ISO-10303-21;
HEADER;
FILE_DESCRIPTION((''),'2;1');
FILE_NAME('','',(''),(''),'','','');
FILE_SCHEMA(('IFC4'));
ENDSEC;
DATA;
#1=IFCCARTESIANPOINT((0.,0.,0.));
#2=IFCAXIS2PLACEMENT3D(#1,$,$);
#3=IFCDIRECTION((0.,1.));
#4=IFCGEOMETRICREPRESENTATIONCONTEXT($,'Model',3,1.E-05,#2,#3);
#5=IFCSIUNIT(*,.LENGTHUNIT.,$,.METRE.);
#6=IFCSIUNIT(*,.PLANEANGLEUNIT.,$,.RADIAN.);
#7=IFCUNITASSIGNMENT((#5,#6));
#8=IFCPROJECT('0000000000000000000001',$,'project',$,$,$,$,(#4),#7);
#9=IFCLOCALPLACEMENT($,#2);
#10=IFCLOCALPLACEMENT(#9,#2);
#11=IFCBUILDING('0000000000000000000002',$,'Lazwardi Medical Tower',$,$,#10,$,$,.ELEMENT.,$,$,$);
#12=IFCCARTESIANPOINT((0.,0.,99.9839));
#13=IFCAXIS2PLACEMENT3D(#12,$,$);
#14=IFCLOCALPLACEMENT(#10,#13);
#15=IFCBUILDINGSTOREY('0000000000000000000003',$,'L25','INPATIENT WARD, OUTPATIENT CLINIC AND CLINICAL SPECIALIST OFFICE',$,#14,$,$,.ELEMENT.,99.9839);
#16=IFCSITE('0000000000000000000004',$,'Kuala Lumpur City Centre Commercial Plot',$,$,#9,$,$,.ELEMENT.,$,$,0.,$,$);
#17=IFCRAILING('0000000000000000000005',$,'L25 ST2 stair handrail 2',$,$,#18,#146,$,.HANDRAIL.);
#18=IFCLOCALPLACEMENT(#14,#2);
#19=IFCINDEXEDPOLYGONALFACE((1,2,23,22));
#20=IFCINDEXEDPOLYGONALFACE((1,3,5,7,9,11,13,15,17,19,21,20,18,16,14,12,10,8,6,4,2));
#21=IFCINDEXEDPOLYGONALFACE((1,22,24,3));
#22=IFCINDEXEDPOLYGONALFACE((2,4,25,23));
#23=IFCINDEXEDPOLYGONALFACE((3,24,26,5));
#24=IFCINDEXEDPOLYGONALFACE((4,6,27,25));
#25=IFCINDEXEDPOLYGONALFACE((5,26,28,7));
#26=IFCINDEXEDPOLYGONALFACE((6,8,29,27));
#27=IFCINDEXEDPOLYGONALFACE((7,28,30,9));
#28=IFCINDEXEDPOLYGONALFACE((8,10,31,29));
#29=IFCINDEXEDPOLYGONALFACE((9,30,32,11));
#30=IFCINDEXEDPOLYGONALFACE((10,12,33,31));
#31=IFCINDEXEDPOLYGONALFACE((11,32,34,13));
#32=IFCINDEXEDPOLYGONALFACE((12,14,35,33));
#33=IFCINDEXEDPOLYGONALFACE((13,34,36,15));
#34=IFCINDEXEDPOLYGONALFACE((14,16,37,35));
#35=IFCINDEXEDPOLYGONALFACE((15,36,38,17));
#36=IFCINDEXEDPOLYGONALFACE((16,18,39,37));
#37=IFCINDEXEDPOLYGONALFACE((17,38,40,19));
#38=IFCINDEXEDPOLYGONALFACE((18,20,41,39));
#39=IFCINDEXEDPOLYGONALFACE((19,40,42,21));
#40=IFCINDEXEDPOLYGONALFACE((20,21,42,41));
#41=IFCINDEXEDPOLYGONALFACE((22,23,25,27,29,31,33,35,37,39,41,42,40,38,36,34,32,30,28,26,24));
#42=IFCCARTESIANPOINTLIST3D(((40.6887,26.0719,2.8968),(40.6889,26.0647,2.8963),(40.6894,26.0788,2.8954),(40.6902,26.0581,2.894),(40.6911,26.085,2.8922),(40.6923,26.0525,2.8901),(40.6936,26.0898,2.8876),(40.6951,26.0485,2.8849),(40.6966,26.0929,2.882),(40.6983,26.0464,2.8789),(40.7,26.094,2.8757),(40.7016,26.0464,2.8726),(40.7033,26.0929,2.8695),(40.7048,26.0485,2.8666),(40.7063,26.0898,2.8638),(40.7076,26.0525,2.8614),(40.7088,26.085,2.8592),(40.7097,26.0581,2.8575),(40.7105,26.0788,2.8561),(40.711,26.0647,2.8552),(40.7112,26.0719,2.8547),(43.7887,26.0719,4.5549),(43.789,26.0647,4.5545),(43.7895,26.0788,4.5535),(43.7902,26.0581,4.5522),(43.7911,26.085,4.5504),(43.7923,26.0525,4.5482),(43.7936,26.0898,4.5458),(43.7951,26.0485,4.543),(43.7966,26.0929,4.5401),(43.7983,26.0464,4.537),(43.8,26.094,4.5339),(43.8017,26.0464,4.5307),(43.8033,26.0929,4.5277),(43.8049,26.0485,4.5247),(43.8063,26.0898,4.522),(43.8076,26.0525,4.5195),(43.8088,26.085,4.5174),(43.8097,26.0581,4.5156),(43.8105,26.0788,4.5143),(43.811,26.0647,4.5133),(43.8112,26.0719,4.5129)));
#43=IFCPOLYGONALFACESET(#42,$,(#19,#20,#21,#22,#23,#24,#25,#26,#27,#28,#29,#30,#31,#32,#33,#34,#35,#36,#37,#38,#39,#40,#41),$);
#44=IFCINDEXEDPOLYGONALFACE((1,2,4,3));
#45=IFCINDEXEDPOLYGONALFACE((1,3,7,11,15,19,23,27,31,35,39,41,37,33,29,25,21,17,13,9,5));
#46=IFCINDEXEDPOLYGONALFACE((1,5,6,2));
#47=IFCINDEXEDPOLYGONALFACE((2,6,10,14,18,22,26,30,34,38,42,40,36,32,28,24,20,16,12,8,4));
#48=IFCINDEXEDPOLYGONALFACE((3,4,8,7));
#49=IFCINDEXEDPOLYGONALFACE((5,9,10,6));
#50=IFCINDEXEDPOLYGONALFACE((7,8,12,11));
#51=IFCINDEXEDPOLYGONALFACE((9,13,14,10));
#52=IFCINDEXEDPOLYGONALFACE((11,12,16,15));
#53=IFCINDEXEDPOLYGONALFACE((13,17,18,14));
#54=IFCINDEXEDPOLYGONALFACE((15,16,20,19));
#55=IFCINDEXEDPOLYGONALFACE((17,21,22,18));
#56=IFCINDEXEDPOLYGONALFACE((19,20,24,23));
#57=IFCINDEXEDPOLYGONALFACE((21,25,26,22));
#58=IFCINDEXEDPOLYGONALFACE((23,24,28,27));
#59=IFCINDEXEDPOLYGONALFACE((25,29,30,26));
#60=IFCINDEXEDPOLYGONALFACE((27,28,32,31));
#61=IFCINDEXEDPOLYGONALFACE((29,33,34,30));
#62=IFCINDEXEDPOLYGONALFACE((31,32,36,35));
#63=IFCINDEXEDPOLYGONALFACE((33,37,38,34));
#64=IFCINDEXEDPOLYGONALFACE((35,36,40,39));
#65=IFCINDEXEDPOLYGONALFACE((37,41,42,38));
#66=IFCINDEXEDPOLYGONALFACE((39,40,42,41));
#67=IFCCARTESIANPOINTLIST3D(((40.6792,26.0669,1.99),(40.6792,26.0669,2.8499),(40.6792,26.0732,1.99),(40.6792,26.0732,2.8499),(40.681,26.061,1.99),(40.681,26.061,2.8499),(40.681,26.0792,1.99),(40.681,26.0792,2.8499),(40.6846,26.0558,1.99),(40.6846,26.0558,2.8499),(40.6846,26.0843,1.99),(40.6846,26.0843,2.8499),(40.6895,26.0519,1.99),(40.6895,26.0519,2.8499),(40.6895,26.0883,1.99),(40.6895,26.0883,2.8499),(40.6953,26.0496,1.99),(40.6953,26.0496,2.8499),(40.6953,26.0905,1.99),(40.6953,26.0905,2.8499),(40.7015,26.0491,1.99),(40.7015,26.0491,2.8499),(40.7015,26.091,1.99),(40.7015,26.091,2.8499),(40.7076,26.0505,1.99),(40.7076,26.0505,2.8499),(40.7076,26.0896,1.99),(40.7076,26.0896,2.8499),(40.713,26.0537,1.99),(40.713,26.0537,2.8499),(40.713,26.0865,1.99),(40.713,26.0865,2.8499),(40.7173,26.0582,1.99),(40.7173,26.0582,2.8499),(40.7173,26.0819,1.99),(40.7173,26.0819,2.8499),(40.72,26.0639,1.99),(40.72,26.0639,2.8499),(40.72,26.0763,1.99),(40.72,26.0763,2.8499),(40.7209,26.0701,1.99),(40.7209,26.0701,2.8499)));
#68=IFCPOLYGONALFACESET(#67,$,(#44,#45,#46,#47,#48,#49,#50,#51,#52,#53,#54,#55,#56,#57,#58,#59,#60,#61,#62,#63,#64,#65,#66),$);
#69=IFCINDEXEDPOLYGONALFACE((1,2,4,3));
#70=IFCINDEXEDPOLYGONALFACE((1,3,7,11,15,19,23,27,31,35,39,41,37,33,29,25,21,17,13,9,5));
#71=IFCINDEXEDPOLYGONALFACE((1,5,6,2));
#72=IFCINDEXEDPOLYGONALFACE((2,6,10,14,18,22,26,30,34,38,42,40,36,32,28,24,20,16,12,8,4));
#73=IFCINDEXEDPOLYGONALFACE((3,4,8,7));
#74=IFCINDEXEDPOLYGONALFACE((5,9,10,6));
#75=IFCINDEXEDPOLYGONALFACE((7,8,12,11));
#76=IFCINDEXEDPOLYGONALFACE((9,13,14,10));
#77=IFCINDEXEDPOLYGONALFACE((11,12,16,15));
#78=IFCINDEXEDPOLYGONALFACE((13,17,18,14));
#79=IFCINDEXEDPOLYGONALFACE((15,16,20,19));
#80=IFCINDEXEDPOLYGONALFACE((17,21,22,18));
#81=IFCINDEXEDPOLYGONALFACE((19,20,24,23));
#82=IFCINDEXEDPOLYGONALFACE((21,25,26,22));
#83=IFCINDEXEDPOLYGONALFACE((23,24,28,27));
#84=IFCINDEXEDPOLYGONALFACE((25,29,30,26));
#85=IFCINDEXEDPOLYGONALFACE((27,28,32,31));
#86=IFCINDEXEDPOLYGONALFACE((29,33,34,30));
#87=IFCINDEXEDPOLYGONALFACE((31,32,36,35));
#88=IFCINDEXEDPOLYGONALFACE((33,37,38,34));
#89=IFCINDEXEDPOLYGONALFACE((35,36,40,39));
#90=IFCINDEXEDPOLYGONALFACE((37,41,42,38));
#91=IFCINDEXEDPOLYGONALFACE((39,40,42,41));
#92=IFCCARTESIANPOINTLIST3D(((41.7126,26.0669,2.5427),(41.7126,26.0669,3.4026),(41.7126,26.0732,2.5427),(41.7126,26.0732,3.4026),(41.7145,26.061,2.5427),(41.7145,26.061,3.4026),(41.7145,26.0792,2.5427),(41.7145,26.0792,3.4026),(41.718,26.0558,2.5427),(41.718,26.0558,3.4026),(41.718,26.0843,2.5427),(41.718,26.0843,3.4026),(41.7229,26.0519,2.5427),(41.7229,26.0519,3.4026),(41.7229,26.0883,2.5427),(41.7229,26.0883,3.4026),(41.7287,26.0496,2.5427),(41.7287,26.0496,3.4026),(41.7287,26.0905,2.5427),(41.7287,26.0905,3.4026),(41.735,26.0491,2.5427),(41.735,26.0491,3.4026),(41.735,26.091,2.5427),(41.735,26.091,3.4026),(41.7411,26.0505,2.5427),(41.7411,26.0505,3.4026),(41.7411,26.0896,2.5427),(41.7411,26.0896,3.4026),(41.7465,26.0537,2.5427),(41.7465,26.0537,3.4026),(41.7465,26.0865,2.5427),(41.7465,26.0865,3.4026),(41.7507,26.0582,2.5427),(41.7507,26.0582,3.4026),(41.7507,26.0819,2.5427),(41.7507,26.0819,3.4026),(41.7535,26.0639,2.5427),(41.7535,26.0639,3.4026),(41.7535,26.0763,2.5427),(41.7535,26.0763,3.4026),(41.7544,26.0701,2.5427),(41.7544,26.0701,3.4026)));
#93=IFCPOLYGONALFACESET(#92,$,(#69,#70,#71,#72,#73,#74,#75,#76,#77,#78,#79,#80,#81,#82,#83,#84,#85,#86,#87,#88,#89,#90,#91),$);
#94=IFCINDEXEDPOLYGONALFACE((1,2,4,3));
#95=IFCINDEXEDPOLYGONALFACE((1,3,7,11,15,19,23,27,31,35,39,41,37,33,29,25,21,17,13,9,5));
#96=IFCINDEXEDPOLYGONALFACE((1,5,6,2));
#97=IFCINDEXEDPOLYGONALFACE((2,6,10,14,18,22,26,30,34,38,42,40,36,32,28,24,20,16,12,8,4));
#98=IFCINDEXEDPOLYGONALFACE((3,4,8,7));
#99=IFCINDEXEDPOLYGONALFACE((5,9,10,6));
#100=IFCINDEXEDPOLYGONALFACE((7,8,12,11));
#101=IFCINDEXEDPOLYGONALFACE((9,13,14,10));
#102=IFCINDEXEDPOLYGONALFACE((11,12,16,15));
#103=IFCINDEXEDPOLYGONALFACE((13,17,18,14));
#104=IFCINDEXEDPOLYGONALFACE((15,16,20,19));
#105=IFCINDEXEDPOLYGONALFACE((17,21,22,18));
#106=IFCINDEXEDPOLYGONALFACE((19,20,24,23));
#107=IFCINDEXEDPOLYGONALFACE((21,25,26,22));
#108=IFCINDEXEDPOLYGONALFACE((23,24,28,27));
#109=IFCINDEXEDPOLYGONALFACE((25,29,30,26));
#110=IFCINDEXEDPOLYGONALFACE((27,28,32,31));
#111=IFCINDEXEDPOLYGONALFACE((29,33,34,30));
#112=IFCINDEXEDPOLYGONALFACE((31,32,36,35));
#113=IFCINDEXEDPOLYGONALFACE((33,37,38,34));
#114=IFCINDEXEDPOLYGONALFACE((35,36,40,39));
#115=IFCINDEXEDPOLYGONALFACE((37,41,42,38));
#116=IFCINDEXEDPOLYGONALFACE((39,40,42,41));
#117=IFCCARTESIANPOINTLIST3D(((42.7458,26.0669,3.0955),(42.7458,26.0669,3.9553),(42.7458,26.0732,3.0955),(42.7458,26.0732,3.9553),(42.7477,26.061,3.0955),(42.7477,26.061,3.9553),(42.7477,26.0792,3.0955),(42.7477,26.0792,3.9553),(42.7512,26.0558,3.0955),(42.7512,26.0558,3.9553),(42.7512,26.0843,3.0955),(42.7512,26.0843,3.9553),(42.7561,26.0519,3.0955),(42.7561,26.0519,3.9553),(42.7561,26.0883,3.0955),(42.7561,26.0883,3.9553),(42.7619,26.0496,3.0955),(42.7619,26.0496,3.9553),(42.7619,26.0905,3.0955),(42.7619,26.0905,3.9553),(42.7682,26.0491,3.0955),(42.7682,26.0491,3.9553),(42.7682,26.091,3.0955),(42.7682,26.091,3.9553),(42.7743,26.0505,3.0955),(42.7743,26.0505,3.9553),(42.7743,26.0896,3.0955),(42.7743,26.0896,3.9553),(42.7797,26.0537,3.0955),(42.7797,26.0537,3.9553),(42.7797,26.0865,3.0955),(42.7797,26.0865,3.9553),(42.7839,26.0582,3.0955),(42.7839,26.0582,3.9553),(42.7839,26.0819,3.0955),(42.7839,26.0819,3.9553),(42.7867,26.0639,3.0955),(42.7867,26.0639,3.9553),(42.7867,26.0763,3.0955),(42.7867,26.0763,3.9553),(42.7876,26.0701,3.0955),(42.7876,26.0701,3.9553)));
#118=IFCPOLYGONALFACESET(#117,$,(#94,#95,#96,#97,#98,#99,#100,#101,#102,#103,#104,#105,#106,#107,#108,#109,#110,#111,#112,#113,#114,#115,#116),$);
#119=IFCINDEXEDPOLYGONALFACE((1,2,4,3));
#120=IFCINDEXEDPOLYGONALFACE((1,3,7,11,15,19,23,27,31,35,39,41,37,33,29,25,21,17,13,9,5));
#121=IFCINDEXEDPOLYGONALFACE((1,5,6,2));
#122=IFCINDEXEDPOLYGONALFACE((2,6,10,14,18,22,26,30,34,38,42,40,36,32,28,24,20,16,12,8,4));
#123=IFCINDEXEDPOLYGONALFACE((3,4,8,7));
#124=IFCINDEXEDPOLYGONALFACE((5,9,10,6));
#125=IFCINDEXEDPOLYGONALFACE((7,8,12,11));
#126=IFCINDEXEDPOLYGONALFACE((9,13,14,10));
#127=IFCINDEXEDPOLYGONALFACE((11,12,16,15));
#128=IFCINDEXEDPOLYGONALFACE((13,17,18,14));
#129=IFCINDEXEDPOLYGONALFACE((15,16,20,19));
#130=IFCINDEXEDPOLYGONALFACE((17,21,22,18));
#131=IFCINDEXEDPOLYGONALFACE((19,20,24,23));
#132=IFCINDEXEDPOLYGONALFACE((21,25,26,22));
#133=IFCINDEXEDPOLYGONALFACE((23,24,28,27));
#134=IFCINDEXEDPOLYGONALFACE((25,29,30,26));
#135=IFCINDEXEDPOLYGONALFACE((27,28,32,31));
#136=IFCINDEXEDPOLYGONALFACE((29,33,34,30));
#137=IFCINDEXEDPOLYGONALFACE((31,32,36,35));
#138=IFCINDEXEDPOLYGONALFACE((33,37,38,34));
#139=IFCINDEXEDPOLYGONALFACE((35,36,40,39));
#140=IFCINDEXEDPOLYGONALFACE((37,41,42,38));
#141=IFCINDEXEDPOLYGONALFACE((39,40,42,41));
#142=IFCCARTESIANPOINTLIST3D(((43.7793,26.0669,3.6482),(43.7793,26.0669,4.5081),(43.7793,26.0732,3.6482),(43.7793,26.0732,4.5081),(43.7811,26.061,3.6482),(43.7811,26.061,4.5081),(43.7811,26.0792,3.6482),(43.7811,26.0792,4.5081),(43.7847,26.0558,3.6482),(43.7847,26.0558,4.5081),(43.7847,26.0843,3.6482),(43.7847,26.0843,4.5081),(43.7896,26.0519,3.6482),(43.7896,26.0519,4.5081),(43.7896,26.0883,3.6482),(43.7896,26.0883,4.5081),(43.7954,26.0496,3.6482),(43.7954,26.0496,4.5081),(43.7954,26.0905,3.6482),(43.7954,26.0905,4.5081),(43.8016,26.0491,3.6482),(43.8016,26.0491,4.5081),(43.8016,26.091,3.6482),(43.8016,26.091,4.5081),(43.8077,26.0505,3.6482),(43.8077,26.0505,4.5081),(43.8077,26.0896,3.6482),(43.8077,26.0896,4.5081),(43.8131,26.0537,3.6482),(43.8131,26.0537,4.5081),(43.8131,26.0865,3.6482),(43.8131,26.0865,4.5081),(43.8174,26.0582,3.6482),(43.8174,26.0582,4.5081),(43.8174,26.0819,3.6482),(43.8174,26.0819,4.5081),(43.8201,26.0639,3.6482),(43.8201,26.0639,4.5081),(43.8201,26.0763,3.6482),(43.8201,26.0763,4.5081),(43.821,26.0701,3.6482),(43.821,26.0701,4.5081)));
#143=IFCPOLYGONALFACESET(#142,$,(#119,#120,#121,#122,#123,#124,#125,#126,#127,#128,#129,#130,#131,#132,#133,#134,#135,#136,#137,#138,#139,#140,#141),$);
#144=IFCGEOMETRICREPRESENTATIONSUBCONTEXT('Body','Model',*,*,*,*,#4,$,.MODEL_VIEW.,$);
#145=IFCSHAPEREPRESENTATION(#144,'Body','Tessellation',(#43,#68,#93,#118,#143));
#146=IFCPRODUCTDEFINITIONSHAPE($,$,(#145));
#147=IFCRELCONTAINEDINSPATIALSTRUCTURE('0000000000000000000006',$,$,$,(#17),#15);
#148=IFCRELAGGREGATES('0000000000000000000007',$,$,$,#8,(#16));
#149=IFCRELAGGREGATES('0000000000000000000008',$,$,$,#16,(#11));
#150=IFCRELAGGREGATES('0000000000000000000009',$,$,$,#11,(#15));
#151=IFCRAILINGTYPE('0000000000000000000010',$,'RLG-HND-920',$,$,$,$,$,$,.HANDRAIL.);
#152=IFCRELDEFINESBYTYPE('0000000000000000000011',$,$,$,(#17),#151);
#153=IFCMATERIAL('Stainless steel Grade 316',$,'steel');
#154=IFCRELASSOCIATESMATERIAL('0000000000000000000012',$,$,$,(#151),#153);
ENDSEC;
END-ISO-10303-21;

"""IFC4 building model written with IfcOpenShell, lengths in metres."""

from ifc_helpers import new_model, si_unit, direction, frame, origin, origin_2d, place, context, subcontext, project, spatial, circle, extrude, material, type_object, element, save


model = new_model("IFC4")

# Units and contexts
model_context = context("Model", 3, precision=1e-05, world=origin(), true_north=direction((0.0, 1.0)))
body_context = subcontext(model_context, "Body", "Model", "MODEL_VIEW")
ifc_project = project(units=[si_unit("LENGTHUNIT", "METRE"), si_unit("PLANEANGLEUNIT", "RADIAN")], contexts=[model_context])

# Site, building, storey
site_placement = place(None, origin())
site = spatial("IfcSite", under=ifc_project, at=site_placement, Name="Kuala Lumpur City Centre Commercial Plot", CompositionType="ELEMENT", RefElevation=0.0)
building_placement = place(site_placement, origin())
building = spatial("IfcBuilding", under=site, at=building_placement, Name="Lazwardi Medical Tower", CompositionType="ELEMENT")
storey_placement = place(building_placement, frame((0.0, 0.0, 99.9839)))
storey = spatial("IfcBuildingStorey", under=building, at=storey_placement, Name="L25", Description="INPATIENT WARD, OUTPATIENT CLINIC AND CLINICAL SPECIALIST OFFICE", CompositionType="ELEMENT", Elevation=99.9839)

# Railing
ifc_material_1 = material(Name="Stainless steel Grade 316", Category="steel")
railing_type_1 = type_object("IfcRailingType", Name="RLG-HND-920", PredefinedType="HANDRAIL", material=ifc_material_1)
railing_1_placement = place(storey_placement, frame((40.7, 26.0701, 1.99)))
element("IfcRailing", 1, at=railing_1_placement, inside=storey, type_object=railing_type_1, Name="L25 ST2 stair handrail 2", PredefinedType="HANDRAIL", context=body_context, shape_type="SweptSolid", body=[
    extrude(circle(Radius=0.0239, at=origin_2d()), frame((0.0, 0.0, 0.8857), z_axis=(0.881783, 0.0, 0.471655), x_axis=(0.0, 1.0, 0.0)), (0.0, 0.0, 1.0), 3.5156),
    extrude(circle(Radius=0.021, at=origin_2d()), origin(), (0.0, 0.0, 1.0), 0.8599),
    extrude(circle(Radius=0.021, at=origin_2d()), frame((1.0334, 0.0, 0.5527)), (0.0, 0.0, 1.0), 0.8599),
    extrude(circle(Radius=0.021, at=origin_2d()), frame((2.0667, 0.0, 1.1055)), (0.0, 0.0, 1.0), 0.8599),
    extrude(circle(Radius=0.021, at=origin_2d()), frame((3.1001, 0.0, 1.6582)), (0.0, 0.0, 1.0), 0.8599),
])

save(model, "model.ifc")
